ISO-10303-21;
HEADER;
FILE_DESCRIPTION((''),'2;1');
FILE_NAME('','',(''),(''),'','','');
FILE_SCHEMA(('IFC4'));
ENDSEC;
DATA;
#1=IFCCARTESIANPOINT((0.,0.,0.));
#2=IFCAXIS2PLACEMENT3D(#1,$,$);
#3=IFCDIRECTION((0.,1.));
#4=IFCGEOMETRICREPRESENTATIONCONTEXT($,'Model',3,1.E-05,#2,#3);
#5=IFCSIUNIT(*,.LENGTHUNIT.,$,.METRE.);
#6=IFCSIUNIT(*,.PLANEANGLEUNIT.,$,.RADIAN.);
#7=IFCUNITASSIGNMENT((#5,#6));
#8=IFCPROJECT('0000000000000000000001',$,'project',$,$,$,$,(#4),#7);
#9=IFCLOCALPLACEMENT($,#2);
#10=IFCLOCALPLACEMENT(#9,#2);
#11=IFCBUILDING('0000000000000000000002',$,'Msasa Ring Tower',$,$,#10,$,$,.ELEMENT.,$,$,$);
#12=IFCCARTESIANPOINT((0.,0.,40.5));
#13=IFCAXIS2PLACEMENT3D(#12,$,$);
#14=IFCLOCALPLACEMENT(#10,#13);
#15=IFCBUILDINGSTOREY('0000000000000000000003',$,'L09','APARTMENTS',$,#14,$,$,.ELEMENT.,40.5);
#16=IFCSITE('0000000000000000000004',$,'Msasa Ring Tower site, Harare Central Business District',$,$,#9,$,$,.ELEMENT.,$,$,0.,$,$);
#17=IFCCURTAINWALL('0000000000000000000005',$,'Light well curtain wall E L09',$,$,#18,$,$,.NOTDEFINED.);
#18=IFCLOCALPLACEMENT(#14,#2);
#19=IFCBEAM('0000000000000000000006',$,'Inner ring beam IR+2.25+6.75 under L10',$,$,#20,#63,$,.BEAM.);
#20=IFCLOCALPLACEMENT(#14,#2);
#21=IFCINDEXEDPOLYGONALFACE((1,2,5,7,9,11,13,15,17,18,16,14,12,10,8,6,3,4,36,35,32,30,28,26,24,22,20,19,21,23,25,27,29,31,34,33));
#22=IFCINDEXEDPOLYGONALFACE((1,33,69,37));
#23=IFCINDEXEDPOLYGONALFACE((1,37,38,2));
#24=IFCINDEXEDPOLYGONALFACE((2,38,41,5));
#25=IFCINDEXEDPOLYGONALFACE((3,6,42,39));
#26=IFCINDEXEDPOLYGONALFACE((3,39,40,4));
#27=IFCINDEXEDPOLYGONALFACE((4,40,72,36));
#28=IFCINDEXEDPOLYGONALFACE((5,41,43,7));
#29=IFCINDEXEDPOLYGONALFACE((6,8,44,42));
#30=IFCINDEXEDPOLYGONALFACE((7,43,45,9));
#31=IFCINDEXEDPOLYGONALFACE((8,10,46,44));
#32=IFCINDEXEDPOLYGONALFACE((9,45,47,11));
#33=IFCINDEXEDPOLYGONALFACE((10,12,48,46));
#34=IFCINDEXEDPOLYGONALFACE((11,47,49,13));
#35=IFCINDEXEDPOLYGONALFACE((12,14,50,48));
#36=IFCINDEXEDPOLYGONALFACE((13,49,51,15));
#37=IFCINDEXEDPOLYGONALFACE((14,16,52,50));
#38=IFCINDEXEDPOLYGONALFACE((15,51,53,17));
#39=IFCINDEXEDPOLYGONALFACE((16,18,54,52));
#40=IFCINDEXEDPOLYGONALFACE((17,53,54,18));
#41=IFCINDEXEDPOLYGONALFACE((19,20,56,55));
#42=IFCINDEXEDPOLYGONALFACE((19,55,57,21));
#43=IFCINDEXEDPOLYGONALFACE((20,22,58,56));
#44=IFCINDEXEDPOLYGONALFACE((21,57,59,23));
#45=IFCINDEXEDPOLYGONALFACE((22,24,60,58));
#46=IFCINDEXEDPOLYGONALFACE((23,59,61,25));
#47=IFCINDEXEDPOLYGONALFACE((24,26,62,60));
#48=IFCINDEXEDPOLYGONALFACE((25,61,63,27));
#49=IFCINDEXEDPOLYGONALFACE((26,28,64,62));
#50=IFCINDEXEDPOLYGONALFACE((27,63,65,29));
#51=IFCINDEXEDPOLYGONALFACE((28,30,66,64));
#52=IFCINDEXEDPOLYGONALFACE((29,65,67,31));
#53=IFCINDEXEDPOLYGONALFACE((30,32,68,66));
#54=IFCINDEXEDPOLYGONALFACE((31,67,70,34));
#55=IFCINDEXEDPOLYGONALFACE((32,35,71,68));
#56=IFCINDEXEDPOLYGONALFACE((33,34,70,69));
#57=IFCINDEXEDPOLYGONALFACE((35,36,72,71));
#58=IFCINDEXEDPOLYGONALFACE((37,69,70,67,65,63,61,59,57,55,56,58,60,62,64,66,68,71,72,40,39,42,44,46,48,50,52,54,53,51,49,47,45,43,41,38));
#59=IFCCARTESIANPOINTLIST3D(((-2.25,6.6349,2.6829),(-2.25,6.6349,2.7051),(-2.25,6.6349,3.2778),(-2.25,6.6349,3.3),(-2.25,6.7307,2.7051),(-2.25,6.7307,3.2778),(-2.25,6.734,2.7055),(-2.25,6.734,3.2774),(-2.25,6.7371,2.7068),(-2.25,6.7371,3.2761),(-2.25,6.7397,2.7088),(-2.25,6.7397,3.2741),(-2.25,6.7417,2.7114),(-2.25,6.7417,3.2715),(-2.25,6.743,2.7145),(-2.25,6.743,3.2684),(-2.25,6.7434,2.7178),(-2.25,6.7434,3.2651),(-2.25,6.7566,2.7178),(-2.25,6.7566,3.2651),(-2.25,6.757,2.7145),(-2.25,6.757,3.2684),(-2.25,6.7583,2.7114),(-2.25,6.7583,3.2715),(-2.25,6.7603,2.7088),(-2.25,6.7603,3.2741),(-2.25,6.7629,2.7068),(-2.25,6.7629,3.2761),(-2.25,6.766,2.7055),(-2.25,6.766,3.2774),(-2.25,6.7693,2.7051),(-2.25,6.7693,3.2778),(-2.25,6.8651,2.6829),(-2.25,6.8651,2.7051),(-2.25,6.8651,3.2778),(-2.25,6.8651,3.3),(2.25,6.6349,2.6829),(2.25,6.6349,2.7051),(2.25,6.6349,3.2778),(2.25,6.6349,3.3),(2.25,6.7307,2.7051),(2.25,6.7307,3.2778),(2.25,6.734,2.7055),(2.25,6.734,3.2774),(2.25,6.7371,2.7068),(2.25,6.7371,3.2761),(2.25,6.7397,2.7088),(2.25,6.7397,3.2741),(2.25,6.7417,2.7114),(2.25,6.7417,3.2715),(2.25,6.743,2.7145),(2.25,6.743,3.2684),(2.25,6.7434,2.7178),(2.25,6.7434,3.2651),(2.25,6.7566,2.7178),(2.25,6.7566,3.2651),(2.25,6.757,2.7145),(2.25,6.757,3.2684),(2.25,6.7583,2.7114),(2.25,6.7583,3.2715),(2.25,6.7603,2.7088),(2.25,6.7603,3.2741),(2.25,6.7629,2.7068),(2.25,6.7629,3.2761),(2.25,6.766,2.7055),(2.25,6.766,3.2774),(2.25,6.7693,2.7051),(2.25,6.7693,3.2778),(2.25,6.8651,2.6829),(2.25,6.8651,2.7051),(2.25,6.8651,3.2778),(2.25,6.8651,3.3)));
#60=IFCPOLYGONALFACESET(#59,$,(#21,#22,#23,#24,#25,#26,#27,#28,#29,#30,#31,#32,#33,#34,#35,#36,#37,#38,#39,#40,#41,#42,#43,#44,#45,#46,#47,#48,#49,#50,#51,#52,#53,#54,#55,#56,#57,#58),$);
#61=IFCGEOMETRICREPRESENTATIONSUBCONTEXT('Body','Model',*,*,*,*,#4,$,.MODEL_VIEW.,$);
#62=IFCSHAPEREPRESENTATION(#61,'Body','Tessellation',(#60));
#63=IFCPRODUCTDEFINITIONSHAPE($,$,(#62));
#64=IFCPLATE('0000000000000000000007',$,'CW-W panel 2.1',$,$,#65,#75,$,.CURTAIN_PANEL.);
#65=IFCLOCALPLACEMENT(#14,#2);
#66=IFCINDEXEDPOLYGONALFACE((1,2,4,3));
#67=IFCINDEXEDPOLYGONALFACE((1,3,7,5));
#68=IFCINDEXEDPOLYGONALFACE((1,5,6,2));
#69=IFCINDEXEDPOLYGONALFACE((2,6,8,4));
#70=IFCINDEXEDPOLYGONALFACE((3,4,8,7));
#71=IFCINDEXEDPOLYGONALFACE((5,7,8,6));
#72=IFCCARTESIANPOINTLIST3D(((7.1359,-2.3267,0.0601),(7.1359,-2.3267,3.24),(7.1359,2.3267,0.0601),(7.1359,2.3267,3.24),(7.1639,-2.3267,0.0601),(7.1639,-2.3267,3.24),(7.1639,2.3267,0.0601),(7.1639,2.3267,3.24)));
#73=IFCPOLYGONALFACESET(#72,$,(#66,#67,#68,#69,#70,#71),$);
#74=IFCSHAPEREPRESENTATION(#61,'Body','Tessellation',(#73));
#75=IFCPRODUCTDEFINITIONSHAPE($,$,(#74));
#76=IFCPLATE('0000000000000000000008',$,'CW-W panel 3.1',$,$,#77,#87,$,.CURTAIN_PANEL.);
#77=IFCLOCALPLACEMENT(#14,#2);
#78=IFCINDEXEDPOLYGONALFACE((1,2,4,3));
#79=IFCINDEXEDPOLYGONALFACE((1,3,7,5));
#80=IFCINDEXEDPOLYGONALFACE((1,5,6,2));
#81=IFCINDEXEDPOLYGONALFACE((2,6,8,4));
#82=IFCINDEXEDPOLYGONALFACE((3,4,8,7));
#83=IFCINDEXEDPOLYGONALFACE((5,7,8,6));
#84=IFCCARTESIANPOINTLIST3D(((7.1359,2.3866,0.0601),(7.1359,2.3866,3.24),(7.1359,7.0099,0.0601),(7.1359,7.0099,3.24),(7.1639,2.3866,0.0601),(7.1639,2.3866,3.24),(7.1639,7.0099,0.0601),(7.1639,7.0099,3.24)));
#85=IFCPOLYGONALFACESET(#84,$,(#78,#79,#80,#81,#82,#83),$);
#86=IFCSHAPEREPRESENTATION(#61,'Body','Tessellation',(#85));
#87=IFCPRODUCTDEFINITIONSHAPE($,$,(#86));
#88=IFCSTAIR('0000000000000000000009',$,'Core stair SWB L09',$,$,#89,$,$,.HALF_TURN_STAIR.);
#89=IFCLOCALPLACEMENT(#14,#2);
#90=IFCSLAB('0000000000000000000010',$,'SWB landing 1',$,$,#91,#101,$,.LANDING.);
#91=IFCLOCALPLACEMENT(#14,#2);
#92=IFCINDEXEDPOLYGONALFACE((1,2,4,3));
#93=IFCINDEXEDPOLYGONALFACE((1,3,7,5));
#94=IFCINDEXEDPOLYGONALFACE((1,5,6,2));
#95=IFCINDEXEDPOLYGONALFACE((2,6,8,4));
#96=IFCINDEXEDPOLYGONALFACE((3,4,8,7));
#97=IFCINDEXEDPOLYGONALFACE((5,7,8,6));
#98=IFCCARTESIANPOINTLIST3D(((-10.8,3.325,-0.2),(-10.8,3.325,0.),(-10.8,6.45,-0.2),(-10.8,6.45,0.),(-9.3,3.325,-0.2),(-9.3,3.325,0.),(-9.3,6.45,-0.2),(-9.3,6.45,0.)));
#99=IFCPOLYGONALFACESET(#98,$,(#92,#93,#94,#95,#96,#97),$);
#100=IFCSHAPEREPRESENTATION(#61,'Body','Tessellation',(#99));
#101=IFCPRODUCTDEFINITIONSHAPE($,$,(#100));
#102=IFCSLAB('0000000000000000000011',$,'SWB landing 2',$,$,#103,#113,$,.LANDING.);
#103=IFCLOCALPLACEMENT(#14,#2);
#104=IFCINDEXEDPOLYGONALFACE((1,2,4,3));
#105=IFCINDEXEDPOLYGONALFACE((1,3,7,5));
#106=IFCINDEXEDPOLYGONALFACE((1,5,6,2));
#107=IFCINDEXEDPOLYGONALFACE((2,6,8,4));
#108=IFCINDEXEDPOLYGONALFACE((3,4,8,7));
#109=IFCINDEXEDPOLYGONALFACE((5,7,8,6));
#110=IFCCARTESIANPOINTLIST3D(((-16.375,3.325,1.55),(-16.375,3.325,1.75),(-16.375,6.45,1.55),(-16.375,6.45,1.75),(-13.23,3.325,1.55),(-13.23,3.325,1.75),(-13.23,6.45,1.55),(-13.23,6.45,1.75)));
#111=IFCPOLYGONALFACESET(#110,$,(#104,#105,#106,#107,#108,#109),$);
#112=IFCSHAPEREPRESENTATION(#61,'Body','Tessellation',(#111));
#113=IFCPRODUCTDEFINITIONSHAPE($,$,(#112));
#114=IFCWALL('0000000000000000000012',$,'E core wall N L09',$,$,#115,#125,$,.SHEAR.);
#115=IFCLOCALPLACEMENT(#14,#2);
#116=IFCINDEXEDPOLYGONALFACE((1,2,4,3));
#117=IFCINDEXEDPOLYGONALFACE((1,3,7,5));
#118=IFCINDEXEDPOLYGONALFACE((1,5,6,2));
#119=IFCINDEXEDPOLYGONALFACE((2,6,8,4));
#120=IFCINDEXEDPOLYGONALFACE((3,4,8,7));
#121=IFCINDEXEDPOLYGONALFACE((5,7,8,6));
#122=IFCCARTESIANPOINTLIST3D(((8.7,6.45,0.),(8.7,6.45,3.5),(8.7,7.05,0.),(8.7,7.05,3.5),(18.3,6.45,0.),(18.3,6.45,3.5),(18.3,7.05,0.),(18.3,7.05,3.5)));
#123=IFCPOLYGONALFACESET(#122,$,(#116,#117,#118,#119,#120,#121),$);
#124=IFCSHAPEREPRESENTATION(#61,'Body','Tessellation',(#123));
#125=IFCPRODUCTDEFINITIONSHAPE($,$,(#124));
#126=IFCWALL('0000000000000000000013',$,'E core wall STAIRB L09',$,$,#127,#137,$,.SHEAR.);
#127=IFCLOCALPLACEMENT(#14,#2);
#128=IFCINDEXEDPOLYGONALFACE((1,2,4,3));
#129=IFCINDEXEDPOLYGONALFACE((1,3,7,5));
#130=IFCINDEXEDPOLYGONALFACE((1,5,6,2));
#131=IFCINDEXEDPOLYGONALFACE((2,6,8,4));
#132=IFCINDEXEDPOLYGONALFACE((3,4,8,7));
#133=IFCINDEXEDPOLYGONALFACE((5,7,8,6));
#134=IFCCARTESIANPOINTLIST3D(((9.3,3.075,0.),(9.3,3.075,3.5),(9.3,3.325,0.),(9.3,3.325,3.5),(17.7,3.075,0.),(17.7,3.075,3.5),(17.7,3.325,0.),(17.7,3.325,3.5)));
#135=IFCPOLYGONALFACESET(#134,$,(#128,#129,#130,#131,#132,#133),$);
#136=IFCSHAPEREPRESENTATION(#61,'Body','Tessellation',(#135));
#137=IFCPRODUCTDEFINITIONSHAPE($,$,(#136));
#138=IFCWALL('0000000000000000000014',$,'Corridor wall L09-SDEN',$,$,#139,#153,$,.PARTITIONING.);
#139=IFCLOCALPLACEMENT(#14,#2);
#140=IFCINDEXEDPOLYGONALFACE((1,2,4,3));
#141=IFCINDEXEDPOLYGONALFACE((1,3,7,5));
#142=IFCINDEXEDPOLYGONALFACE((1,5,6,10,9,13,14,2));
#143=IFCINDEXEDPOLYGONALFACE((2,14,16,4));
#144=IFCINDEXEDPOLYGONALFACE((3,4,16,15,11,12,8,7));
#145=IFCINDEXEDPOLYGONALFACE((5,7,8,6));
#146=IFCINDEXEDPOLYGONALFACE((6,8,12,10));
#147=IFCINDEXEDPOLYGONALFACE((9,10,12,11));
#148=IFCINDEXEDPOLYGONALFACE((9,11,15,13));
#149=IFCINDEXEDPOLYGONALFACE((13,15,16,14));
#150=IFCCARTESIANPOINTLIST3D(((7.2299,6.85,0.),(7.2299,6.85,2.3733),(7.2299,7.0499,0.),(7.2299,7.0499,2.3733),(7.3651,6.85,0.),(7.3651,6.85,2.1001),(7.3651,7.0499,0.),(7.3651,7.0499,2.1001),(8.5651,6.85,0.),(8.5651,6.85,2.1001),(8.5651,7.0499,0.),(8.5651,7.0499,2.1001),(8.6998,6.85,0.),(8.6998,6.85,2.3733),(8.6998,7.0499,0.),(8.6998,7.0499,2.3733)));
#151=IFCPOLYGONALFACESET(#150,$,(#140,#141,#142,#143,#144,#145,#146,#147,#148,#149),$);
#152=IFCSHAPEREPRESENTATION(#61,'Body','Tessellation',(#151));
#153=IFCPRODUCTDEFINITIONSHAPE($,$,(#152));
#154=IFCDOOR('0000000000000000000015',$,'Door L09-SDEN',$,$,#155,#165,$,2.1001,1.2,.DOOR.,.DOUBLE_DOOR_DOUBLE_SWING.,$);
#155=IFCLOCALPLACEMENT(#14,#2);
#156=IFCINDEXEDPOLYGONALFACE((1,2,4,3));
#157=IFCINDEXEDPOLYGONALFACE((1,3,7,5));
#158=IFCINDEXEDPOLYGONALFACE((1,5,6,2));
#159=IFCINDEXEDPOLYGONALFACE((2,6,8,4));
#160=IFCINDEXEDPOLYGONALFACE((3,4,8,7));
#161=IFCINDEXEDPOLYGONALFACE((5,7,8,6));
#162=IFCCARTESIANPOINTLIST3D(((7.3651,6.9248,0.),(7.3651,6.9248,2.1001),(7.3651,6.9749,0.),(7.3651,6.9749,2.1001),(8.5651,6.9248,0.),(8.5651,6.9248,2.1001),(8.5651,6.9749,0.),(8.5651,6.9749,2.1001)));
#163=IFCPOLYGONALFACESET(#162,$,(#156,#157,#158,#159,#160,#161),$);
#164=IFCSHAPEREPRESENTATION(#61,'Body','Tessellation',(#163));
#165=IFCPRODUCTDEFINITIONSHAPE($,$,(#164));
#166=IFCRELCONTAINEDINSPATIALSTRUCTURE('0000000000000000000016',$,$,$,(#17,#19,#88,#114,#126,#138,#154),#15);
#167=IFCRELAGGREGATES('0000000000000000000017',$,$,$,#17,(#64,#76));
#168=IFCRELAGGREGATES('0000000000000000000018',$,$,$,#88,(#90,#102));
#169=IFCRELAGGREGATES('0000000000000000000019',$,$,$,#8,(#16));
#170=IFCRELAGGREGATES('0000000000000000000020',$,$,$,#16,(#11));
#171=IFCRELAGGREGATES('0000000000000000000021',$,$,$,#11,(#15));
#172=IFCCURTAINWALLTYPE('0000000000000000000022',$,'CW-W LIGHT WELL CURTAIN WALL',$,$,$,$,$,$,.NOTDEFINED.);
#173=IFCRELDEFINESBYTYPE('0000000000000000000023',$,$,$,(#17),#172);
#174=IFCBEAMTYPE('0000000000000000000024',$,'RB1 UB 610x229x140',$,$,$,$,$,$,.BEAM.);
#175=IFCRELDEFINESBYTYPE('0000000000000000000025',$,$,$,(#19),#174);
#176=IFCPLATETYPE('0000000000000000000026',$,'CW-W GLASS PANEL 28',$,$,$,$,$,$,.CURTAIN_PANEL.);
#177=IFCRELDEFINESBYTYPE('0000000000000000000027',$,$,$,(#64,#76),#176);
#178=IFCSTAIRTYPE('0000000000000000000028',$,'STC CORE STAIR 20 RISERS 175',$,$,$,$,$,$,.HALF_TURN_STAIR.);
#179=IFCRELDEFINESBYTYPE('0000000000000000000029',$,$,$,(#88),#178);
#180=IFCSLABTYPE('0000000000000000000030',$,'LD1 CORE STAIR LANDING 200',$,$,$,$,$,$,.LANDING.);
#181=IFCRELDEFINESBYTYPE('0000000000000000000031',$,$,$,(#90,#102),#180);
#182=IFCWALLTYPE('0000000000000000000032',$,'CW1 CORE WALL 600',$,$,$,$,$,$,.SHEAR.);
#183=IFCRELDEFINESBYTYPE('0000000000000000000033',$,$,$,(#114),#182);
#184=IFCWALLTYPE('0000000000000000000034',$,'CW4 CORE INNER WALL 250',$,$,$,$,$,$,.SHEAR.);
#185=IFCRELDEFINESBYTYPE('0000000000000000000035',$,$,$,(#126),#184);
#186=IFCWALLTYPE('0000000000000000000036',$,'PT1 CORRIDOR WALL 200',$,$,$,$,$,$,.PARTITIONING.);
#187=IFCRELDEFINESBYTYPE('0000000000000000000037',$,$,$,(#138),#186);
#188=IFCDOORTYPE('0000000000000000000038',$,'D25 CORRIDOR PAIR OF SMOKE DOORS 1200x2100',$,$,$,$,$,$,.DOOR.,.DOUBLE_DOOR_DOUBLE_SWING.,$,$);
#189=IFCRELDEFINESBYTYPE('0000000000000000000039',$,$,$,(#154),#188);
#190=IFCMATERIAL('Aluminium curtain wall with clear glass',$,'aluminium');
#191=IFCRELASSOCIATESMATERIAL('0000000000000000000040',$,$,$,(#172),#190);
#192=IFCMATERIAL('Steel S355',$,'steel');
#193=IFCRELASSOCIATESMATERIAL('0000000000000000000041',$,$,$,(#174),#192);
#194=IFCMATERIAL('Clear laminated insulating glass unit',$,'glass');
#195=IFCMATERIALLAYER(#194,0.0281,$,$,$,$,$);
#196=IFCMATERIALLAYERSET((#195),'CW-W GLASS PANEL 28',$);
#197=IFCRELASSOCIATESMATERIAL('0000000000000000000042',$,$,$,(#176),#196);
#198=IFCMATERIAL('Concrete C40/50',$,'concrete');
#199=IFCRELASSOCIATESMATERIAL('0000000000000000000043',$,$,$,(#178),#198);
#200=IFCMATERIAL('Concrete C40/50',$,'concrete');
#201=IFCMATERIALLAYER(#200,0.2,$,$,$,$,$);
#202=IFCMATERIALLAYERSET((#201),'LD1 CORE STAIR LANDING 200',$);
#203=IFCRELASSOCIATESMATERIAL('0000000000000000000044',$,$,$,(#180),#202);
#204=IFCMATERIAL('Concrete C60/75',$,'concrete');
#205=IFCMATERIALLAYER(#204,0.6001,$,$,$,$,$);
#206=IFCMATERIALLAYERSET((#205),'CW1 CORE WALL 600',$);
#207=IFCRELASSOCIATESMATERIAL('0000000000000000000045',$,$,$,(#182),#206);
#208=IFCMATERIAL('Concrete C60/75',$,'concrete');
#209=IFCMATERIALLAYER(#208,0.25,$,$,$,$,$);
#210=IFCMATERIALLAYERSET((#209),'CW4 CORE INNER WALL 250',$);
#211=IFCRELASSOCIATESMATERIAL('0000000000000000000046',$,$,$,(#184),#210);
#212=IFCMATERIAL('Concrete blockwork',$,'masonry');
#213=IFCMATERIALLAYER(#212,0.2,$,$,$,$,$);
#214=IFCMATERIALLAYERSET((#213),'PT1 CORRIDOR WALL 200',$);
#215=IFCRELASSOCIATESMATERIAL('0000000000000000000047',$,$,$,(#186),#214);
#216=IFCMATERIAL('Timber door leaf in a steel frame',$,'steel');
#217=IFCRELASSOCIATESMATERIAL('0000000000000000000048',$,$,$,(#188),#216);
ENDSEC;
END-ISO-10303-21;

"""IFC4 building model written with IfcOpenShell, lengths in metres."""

from ifc_helpers import new_model, si_unit, direction, frame, frame_2d, origin, origin_2d, place, context, subcontext, project, spatial, polyline, rectangle, i_section, outline, extrude, material, layer, layer_set, material_profile, profile_set, type_object, element, fill, aggregate, save


model = new_model("IFC4")

# Units and contexts
model_context = context("Model", 3, precision=1e-05, world=origin(), true_north=direction((0.0, 1.0)))
body_context = subcontext(model_context, "Body", "Model", "MODEL_VIEW")
ifc_project = project(units=[si_unit("LENGTHUNIT", "METRE"), si_unit("PLANEANGLEUNIT", "RADIAN")], contexts=[model_context])

# Site, building, storey
site_placement = place(None, origin())
site = spatial("IfcSite", under=ifc_project, at=site_placement, Name="Msasa Ring Tower site, Harare Central Business District", CompositionType="ELEMENT", RefElevation=0.0)
building_placement = place(site_placement, origin())
building = spatial("IfcBuilding", under=site, at=building_placement, Name="Msasa Ring Tower", CompositionType="ELEMENT")
storey_placement = place(building_placement, frame((0.0, 0.0, 40.5)))
storey = spatial("IfcBuildingStorey", under=building, at=storey_placement, Name="L09", Description="APARTMENTS", CompositionType="ELEMENT", Elevation=40.5)

# Curtain wall
ifc_material_1 = material(Name="Aluminium curtain wall with clear glass", Category="aluminium")
curtain_wall_type = type_object("IfcCurtainWallType", Name="CW-W LIGHT WELL CURTAIN WALL", PredefinedType="NOTDEFINED", material=ifc_material_1)
curtain_wall_placement = place(storey_placement, origin())
curtain_wall = element("IfcCurtainWall", 1, at=curtain_wall_placement, inside=storey, type_object=curtain_wall_type, Name="Light well curtain wall E L09", PredefinedType="NOTDEFINED")

# Beam
ifc_material_2 = material(Name="Steel S355", Category="steel")
ifc_material_profile_1 = material_profile(ifc_material_2, i_section(OverallWidth=0.2302, OverallDepth=0.6172, WebThickness=0.0132, FlangeThickness=0.0222, FilletRadius=0.0127, at=origin_2d()), Name="UB 610x229x140")
ifc_profile_set_1 = profile_set([ifc_material_profile_1], Name="Steel S355")
beam_type = type_object("IfcBeamType", Name="RB1 UB 610x229x140", PredefinedType="BEAM", material=ifc_profile_set_1)
for number, where, z_axis, x_axis, name in (
    (2, (2.25, 6.75, 2.9915), (-1.0, 0.0, 0.0), (0.0, -1.0, 0.0), "Inner ring beam IR+2.25+6.75 under L10"),
):
    element("IfcBeam", number, at=place(storey_placement, frame(where, z_axis=z_axis, x_axis=x_axis)), inside=storey, type_object=beam_type, Name=name, PredefinedType="BEAM", context=body_context, shape_type="SweptSolid", body=[
        extrude(i_section(OverallWidth=0.2302, OverallDepth=0.6172, WebThickness=0.0132, FlangeThickness=0.0222, FilletRadius=0.0127, at=origin_2d()), origin(), (0.0, 0.0, 1.0), 4.5),
    ])

# Plates
ifc_material_3 = material(Name="Clear laminated insulating glass unit", Category="glass")
ifc_layer_1 = layer(ifc_material_3, 0.0281)
ifc_layer_set_1 = layer_set([ifc_layer_1], Name="CW-W GLASS PANEL 28")
plate_type = type_object("IfcPlateType", Name="CW-W GLASS PANEL 28", PredefinedType="CURTAIN_PANEL", material=ifc_layer_set_1)
plate_1_placement = place(storey_placement, frame((7.1499, 0.0, 0.0601), z_axis=(0.0, 0.0, 1.0), x_axis=(0.0, 1.0, 0.0)))
plate_1 = element("IfcPlate", 3, at=plate_1_placement, type_object=plate_type, Name="CW-W panel 2.1", PredefinedType="CURTAIN_PANEL", context=body_context, shape_type="SweptSolid", body=[
    extrude(rectangle(XDim=4.6533, YDim=0.0281, at=origin_2d()), origin(), (0.0, 0.0, 1.0), 3.1799),
])
plate_2_placement = place(storey_placement, frame((7.1499, 4.6982, 0.0601), z_axis=(0.0, 0.0, 1.0), x_axis=(0.0, 1.0, 0.0)))
plate_2 = element("IfcPlate", 4, at=plate_2_placement, type_object=plate_type, Name="CW-W panel 3.1", PredefinedType="CURTAIN_PANEL", context=body_context, shape_type="SweptSolid", body=[
    extrude(rectangle(XDim=4.6233, YDim=0.0281, at=origin_2d()), origin(), (0.0, 0.0, 1.0), 3.1799),
])
aggregate(curtain_wall, [plate_1, plate_2])

# Stair, slabs
ifc_material_4 = material(Name="Concrete C40/50", Category="concrete")
stair_type = type_object("IfcStairType", Name="STC CORE STAIR 20 RISERS 175", PredefinedType="HALF_TURN_STAIR", material=ifc_material_4)
stair_1_placement = place(storey_placement, origin())
stair_1 = element("IfcStair", 5, at=stair_1_placement, inside=storey, type_object=stair_type, Name="Core stair SWB L09", PredefinedType="HALF_TURN_STAIR")
ifc_material_5 = material(Name="Concrete C40/50", Category="concrete")
ifc_layer_2 = layer(ifc_material_5, 0.2)
ifc_layer_set_2 = layer_set([ifc_layer_2], Name="LD1 CORE STAIR LANDING 200")
slab_type = type_object("IfcSlabType", Name="LD1 CORE STAIR LANDING 200", PredefinedType="LANDING", material=ifc_layer_set_2)
slab_1_placement = place(storey_placement, frame((0.0, 0.0, -0.2)))
slab_1 = element("IfcSlab", 6, at=slab_1_placement, type_object=slab_type, Name="SWB landing 1", PredefinedType="LANDING", context=body_context, shape_type="SweptSolid", body=[
    extrude(outline(polyline([(-10.8, 3.325), (-9.3, 3.325), (-9.3, 6.45), (-10.8, 6.45), (-10.8, 3.325)])), origin(), (0.0, 0.0, 1.0), 0.2),
])
slab_2_placement = place(storey_placement, frame((0.0, 0.0, 1.55)))
slab_2 = element("IfcSlab", 7, at=slab_2_placement, type_object=slab_type, Name="SWB landing 2", PredefinedType="LANDING", context=body_context, shape_type="SweptSolid", body=[
    extrude(outline(polyline([(-16.375, 3.325), (-13.23, 3.325), (-13.23, 6.45), (-16.375, 6.45), (-16.375, 3.325)])), origin(), (0.0, 0.0, 1.0), 0.2),
])
aggregate(stair_1, [slab_1, slab_2])

# Walls
ifc_material_6 = material(Name="Concrete C60/75", Category="concrete")
ifc_layer_3 = layer(ifc_material_6, 0.6001)
ifc_layer_set_3 = layer_set([ifc_layer_3], Name="CW1 CORE WALL 600")
wall_type_1 = type_object("IfcWallType", Name="CW1 CORE WALL 600", PredefinedType="SHEAR", material=ifc_layer_set_3)
wall_1_placement = place(storey_placement, frame((8.7, 6.75, 0.0), z_axis=(0.0, 0.0, 1.0), x_axis=(1.0, 0.0, 0.0)))
element("IfcWall", 8, at=wall_1_placement, inside=storey, type_object=wall_type_1, Name="E core wall N L09", PredefinedType="SHEAR", context=body_context, shape_type="SweptSolid", body=[
    extrude(rectangle(XDim=9.6001, YDim=0.6001, at=frame_2d((4.8, 0.0))), origin(), (0.0, 0.0, 1.0), 3.5),
])
ifc_material_7 = material(Name="Concrete C60/75", Category="concrete")
ifc_layer_4 = layer(ifc_material_7, 0.25)
ifc_layer_set_4 = layer_set([ifc_layer_4], Name="CW4 CORE INNER WALL 250")
wall_type_2 = type_object("IfcWallType", Name="CW4 CORE INNER WALL 250", PredefinedType="SHEAR", material=ifc_layer_set_4)
wall_2_placement = place(storey_placement, frame((9.3, 3.2, 0.0), z_axis=(0.0, 0.0, 1.0), x_axis=(1.0, 0.0, 0.0)))
element("IfcWall", 9, at=wall_2_placement, inside=storey, type_object=wall_type_2, Name="E core wall STAIRB L09", PredefinedType="SHEAR", context=body_context, shape_type="SweptSolid", body=[
    extrude(rectangle(XDim=8.3999, YDim=0.25, at=frame_2d((4.2, 0.0))), origin(), (0.0, 0.0, 1.0), 3.5),
])

# Wall, opening, door
ifc_material_8 = material(Name="Concrete blockwork", Category="masonry")
ifc_layer_5 = layer(ifc_material_8, 0.2)
ifc_layer_set_5 = layer_set([ifc_layer_5], Name="PT1 CORRIDOR WALL 200")
wall_type_3 = type_object("IfcWallType", Name="PT1 CORRIDOR WALL 200", PredefinedType="PARTITIONING", material=ifc_layer_set_5)
wall_3_placement = place(storey_placement, frame((7.23, 6.95, 0.0), z_axis=(0.0, 0.0, 1.0), x_axis=(1.0, 0.0, 0.0)))
wall_3 = element("IfcWall", 10, at=wall_3_placement, inside=storey, type_object=wall_type_3, Name="Corridor wall L09-SDEN", PredefinedType="PARTITIONING", context=body_context, shape_type="SweptSolid", body=[
    extrude(rectangle(XDim=1.47, YDim=0.2, at=frame_2d((0.7349, 0.0))), origin(), (0.0, 0.0, 1.0), 2.3733),
])
opening_placement = place(wall_3_placement, frame((0.135, 0.0, 0.0)))
opening = element("IfcOpeningElement", 11, at=opening_placement, cuts=wall_3, PredefinedType="OPENING", context=body_context, shape_type="SweptSolid", body=[
    extrude(rectangle(XDim=1.2, YDim=2.1001, at=frame_2d((0.6001, 1.05))), frame((0.0, 0.1099, 0.0), z_axis=(0.0, -1.0, 0.0), x_axis=(1.0, 0.0, 0.0)), (0.0, 0.0, 1.0), 0.22),
])
ifc_material_9 = material(Name="Timber door leaf in a steel frame", Category="steel")
door_type = type_object("IfcDoorType", Name="D25 CORRIDOR PAIR OF SMOKE DOORS 1200x2100", OperationType="DOUBLE_DOOR_DOUBLE_SWING", PredefinedType="DOOR", material=ifc_material_9)
door_placement = place(opening_placement, origin())
door = element("IfcDoor", 12, at=door_placement, inside=storey, type_object=door_type, Name="Door L09-SDEN", OperationType="DOUBLE_DOOR_DOUBLE_SWING", OverallHeight=2.1001, OverallWidth=1.2, PredefinedType="DOOR", context=body_context, shape_type="SweptSolid", body=[
    extrude(rectangle(XDim=1.2, YDim=2.1001, at=frame_2d((0.6001, 1.05))), frame((0.0, 0.0249, 0.0), z_axis=(0.0, -1.0, 0.0), x_axis=(1.0, 0.0, 0.0)), (0.0, 0.0, 1.0), 0.05),
])
fill(opening, door)

save(model, "model.ifc")
